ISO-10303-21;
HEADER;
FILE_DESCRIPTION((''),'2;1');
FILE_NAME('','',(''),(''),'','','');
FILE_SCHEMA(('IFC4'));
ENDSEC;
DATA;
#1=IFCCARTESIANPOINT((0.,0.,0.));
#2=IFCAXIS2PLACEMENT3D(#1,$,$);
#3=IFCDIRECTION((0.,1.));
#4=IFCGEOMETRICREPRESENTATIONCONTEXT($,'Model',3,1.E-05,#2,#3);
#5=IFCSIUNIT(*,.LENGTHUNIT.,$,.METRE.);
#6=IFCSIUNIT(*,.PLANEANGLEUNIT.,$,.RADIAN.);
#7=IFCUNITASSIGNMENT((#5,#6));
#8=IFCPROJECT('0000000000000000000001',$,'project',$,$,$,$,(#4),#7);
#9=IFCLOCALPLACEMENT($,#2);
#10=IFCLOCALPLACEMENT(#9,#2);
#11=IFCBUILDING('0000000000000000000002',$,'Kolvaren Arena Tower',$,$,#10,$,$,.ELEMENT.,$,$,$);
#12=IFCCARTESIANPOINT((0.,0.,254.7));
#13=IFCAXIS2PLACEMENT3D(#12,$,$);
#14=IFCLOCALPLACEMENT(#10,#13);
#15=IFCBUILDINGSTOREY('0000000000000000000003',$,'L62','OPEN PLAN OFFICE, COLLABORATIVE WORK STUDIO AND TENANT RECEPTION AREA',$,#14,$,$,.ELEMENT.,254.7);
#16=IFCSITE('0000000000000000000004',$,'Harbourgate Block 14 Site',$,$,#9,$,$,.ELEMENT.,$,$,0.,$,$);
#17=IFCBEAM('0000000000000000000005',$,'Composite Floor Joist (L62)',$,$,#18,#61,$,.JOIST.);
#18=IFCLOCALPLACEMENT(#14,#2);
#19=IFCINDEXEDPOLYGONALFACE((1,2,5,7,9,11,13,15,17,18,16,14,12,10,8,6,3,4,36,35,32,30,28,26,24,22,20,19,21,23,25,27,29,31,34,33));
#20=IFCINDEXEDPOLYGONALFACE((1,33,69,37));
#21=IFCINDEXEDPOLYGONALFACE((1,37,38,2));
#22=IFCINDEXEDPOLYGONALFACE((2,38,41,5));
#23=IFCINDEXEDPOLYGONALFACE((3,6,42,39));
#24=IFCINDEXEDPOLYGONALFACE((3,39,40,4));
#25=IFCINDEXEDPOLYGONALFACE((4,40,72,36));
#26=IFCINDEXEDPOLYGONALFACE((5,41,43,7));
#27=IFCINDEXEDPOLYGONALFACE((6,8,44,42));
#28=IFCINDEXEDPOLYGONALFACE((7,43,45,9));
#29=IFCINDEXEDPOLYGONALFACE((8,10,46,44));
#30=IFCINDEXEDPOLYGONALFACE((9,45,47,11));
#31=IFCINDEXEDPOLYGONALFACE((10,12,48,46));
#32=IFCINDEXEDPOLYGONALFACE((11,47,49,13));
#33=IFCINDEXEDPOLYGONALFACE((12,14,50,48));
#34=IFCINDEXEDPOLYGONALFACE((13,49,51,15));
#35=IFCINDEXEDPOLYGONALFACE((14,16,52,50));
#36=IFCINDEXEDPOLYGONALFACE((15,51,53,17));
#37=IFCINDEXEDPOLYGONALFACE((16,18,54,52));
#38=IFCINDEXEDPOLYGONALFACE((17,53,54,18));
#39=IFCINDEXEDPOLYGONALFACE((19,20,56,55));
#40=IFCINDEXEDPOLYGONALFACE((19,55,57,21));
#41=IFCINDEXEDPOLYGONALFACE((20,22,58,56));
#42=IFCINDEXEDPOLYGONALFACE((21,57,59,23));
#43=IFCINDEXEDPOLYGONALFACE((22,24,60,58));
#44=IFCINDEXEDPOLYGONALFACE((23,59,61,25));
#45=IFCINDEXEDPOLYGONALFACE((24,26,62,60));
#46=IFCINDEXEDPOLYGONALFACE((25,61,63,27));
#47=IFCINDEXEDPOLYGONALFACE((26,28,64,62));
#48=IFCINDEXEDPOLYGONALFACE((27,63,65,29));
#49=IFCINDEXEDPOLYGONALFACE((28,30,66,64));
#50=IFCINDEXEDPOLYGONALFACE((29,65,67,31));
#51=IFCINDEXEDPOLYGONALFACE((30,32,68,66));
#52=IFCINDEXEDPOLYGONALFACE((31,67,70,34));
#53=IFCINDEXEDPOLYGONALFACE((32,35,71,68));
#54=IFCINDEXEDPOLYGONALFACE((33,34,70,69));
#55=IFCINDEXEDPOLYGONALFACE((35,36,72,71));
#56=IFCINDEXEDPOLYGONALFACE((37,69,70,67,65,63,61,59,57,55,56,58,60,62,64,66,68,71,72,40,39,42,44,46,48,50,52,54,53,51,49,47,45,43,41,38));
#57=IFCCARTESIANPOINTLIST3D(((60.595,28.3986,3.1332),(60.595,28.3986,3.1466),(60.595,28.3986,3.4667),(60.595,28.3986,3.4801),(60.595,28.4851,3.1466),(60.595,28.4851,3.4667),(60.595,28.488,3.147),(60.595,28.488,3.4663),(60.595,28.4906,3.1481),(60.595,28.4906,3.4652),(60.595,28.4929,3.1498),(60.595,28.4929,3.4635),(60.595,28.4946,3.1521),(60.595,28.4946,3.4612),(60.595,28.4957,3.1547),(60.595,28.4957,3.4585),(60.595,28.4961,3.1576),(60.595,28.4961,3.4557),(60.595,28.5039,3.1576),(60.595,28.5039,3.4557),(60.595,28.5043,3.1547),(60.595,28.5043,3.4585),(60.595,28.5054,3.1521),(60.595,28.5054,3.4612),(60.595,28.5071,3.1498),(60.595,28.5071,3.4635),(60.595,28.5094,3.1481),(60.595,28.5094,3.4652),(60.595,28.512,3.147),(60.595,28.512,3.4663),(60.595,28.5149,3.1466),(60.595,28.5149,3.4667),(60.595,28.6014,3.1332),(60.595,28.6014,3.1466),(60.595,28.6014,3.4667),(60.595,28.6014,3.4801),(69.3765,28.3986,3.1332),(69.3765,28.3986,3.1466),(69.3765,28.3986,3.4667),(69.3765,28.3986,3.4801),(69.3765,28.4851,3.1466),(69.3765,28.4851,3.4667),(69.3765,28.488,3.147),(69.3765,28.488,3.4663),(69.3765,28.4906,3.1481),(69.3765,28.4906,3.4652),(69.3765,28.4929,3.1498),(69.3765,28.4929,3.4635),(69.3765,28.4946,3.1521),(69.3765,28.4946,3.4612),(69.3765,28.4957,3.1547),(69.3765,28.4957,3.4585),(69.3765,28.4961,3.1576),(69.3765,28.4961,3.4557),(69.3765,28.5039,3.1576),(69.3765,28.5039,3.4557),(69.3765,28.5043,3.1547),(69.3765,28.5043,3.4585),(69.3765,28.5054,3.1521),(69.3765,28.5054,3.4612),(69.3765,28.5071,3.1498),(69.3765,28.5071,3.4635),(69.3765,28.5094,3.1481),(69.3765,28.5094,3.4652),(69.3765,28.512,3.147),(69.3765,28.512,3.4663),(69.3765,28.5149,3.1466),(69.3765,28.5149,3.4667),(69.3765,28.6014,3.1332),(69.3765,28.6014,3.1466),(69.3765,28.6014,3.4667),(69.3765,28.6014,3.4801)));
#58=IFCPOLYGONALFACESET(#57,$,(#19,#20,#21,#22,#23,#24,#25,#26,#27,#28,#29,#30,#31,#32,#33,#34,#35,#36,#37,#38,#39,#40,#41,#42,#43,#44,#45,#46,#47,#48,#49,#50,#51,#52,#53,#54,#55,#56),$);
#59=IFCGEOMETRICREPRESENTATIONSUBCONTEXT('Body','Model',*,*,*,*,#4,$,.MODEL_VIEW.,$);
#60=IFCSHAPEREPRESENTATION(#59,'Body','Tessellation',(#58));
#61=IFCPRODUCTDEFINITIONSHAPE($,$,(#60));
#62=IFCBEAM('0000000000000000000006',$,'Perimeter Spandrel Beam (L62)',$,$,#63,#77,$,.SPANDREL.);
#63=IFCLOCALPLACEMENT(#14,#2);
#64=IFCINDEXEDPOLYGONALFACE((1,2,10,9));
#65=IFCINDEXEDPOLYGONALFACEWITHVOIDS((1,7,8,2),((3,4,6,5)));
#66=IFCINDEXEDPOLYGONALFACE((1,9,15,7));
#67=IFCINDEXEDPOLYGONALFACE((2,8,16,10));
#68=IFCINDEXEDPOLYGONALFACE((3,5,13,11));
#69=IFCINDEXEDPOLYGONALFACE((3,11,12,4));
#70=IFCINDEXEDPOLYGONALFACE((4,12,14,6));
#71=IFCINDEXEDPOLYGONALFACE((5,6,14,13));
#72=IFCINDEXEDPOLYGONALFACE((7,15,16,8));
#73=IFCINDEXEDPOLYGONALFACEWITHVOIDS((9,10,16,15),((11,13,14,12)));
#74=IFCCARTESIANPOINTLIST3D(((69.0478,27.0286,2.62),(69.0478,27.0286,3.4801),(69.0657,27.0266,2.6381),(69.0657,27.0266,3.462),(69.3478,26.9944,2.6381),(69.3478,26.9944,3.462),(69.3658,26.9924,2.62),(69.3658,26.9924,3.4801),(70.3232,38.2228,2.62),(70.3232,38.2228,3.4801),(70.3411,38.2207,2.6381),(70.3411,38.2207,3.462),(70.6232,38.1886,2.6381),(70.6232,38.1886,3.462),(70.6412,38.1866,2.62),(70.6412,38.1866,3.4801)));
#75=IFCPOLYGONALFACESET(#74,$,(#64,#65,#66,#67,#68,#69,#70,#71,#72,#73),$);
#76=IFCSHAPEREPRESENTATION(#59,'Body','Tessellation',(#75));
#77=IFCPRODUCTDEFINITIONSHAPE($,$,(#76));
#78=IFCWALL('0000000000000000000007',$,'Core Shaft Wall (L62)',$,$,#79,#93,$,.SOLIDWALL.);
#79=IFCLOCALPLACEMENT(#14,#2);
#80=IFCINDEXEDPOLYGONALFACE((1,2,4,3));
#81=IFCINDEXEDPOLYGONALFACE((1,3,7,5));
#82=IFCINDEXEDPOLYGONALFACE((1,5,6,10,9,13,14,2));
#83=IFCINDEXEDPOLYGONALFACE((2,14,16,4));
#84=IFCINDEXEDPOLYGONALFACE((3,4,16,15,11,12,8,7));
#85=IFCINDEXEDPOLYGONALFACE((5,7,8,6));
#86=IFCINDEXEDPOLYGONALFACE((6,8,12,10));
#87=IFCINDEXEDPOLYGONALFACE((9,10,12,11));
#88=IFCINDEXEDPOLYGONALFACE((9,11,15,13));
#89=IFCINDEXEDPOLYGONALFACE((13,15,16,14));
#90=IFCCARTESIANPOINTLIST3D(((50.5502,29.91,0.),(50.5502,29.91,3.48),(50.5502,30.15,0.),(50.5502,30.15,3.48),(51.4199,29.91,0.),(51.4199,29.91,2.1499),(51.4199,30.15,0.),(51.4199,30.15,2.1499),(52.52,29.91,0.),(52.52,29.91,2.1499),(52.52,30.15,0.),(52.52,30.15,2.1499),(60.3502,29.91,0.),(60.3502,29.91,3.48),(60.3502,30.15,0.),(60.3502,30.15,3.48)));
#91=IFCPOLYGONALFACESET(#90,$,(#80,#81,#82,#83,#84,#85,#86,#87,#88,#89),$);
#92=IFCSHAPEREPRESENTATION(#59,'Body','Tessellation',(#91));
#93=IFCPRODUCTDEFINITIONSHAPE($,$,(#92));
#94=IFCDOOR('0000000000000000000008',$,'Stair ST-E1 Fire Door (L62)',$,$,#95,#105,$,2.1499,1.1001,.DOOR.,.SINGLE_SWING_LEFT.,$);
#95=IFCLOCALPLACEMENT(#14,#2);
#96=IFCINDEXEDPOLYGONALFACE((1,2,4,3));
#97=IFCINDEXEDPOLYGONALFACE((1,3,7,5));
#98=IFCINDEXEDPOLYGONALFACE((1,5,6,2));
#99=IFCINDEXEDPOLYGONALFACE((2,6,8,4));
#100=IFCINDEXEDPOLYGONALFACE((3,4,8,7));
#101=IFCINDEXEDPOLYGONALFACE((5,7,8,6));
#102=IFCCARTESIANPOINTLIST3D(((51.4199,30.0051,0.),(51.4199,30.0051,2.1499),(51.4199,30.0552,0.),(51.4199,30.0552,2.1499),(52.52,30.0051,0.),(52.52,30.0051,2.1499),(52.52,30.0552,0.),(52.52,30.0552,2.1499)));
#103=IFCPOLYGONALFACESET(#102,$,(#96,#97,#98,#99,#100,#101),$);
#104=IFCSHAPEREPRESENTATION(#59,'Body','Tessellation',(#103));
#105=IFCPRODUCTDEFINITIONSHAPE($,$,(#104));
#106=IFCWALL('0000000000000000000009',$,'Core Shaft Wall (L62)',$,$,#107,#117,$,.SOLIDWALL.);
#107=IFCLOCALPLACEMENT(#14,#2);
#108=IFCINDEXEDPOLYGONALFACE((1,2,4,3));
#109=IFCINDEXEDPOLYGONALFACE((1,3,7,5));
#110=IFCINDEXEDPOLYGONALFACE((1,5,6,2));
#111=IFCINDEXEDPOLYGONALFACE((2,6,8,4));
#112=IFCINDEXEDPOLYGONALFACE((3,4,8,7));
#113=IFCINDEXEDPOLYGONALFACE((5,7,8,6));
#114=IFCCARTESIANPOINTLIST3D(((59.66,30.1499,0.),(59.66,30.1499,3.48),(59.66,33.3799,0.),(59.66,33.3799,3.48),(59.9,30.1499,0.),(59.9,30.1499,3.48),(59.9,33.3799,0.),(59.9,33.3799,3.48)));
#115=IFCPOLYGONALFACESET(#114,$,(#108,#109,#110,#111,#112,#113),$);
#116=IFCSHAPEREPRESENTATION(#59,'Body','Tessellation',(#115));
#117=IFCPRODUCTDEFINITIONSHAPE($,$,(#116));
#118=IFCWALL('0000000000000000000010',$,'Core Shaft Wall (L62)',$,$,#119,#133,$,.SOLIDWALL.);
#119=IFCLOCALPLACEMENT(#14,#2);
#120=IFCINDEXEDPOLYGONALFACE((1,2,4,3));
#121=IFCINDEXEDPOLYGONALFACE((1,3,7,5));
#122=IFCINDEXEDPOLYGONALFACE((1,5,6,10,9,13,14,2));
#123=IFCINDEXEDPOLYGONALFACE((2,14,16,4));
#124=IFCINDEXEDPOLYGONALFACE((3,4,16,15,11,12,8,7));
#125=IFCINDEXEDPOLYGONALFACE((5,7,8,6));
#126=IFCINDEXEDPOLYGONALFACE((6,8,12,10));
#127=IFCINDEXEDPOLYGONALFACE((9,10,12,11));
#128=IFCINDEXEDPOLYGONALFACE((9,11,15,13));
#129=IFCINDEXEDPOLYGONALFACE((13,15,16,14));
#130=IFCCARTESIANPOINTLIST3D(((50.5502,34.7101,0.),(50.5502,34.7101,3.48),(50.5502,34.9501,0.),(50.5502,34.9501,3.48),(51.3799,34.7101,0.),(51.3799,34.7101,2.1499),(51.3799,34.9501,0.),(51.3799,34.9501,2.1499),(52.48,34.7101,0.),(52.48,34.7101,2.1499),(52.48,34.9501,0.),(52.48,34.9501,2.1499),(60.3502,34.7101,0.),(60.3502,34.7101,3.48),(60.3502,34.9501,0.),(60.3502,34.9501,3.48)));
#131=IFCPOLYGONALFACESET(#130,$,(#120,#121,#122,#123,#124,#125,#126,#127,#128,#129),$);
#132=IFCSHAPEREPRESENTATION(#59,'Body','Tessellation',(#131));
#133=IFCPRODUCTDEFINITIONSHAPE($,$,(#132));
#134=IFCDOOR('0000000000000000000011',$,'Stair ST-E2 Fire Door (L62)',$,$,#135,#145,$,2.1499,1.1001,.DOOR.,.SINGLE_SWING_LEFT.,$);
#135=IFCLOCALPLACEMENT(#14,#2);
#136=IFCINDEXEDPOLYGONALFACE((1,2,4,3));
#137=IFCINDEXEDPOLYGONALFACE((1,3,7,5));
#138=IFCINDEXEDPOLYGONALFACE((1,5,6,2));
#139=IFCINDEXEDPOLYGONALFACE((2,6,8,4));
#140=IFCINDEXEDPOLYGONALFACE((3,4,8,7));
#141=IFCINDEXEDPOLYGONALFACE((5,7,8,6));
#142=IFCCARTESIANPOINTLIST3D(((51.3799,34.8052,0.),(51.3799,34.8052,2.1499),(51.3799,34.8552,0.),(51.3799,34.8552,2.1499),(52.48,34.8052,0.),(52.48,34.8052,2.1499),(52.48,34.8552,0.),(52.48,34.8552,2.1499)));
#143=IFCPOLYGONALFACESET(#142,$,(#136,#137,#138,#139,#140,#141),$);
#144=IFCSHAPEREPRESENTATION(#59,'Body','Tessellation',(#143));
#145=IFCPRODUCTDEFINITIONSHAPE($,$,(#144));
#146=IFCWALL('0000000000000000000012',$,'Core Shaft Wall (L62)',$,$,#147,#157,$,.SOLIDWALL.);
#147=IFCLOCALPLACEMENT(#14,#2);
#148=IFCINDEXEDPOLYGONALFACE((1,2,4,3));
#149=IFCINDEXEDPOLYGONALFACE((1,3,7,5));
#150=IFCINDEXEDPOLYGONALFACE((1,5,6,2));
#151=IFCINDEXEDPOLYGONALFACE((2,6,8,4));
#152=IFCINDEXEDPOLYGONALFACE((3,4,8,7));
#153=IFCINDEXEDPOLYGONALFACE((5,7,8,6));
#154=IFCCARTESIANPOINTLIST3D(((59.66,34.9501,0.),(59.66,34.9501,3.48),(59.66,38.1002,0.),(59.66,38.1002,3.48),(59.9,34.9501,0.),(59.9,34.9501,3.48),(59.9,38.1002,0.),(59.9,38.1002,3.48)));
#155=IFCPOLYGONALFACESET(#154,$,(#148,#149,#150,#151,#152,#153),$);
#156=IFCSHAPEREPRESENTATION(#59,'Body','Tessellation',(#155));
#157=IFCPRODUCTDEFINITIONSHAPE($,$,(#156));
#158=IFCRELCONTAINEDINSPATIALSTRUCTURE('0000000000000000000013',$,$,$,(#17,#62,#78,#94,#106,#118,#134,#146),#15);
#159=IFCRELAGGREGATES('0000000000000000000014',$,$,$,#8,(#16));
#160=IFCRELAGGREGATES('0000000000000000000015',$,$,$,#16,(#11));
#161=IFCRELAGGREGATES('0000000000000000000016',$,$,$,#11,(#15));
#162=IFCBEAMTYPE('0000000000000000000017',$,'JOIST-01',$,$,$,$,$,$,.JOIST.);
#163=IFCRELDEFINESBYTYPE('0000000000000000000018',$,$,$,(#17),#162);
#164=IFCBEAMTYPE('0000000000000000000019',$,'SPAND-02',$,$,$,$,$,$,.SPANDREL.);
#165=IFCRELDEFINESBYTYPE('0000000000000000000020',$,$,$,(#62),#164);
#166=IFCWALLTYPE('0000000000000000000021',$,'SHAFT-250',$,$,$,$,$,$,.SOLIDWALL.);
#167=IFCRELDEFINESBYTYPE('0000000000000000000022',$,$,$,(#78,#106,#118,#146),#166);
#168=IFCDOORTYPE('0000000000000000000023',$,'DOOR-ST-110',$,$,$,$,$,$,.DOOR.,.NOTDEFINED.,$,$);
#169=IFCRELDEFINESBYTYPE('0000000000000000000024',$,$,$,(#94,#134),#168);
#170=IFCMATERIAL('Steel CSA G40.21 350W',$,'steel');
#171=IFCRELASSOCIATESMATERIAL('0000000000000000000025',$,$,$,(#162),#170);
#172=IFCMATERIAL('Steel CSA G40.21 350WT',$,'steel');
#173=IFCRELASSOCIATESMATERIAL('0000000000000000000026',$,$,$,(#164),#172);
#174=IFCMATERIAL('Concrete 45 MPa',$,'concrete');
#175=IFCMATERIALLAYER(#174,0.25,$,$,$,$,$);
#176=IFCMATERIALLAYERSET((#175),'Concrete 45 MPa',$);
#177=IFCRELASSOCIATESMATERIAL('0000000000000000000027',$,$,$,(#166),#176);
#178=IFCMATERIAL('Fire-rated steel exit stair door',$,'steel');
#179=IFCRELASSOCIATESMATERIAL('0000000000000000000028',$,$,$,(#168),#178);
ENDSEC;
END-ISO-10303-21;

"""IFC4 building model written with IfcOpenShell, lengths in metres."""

from ifc_helpers import new_model, si_unit, direction, frame, frame_2d, origin, origin_2d, place, context, subcontext, project, spatial, rectangle, hollow_rectangle, i_section, extrude, material, layer, layer_set, material_profile, profile_set, type_object, element, fill, save


model = new_model("IFC4")

# Units and contexts
model_context = context("Model", 3, precision=1e-05, world=origin(), true_north=direction((0.0, 1.0)))
body_context = subcontext(model_context, "Body", "Model", "MODEL_VIEW")
ifc_project = project(units=[si_unit("LENGTHUNIT", "METRE"), si_unit("PLANEANGLEUNIT", "RADIAN")], contexts=[model_context])

# Site, building, storey
site_placement = place(None, origin())
site = spatial("IfcSite", under=ifc_project, at=site_placement, Name="Harbourgate Block 14 Site", CompositionType="ELEMENT", RefElevation=0.0)
building_placement = place(site_placement, origin())
building = spatial("IfcBuilding", under=site, at=building_placement, Name="Kolvaren Arena Tower", CompositionType="ELEMENT")
storey_placement = place(building_placement, frame((0.0, 0.0, 254.7)))
storey = spatial("IfcBuildingStorey", under=building, at=storey_placement, Name="L62", Description="OPEN PLAN OFFICE, COLLABORATIVE WORK STUDIO AND TENANT RECEPTION AREA", CompositionType="ELEMENT", Elevation=254.7)

# Beams
ifc_material_1 = material(Name="Steel CSA G40.21 350W", Category="steel")
ifc_material_profile_1 = material_profile(ifc_material_1, i_section(OverallWidth=0.2029, OverallDepth=0.3469, WebThickness=0.0078, FlangeThickness=0.0134, FilletRadius=0.011, at=origin_2d()), Name="W360x64")
ifc_profile_set_1 = profile_set([ifc_material_profile_1], Name="Steel CSA G40.21 350W")
beam_type_1 = type_object("IfcBeamType", Name="JOIST-01", PredefinedType="JOIST", material=ifc_profile_set_1)
beam_1_placement = place(storey_placement, frame((60.595, 28.5, 3.3066), z_axis=(1.0, 0.0, 0.0), x_axis=(0.0, 1.0, 0.0)))
element("IfcBeam", 1, at=beam_1_placement, inside=storey, type_object=beam_type_1, Name="Composite Floor Joist (L62)", PredefinedType="JOIST", context=body_context, shape_type="SweptSolid", body=[
    extrude(i_section(OverallWidth=0.2029, OverallDepth=0.3469, WebThickness=0.0078, FlangeThickness=0.0134, FilletRadius=0.011, at=origin_2d()), origin(), (0.0, 0.0, 1.0), 8.7815),
])
ifc_material_2 = material(Name="Steel CSA G40.21 350WT", Category="steel")
ifc_material_profile_2 = material_profile(ifc_material_2, hollow_rectangle(XDim=0.3201, YDim=0.8601, WallThickness=0.0181, at=origin_2d()), Name="HSS 860x320x18")
ifc_profile_set_2 = profile_set([ifc_material_profile_2], Name="Steel CSA G40.21 350WT")
beam_type_2 = type_object("IfcBeamType", Name="SPAND-02", PredefinedType="SPANDREL", material=ifc_profile_set_2)
beam_2_placement = place(storey_placement, frame((69.2068, 27.0105, 3.05), z_axis=(0.113202, 0.993572, 0.0), x_axis=(-0.993572, 0.113202, 0.0)))
element("IfcBeam", 2, at=beam_2_placement, inside=storey, type_object=beam_type_2, Name="Perimeter Spandrel Beam (L62)", PredefinedType="SPANDREL", context=body_context, shape_type="SweptSolid", body=[
    extrude(hollow_rectangle(XDim=0.3201, YDim=0.8601, WallThickness=0.0181, at=origin_2d()), origin(), (0.0, 0.0, 1.0), 11.2666),
])

# Wall, opening, door
ifc_material_3 = material(Name="Concrete 45 MPa", Category="concrete")
ifc_layer = layer(ifc_material_3, 0.25)
ifc_layer_set = layer_set([ifc_layer], Name="Concrete 45 MPa")
wall_type = type_object("IfcWallType", Name="SHAFT-250", PredefinedType="SOLIDWALL", material=ifc_layer_set)
wall_1_placement = place(storey_placement, frame((60.3501, 30.03, 0.0), z_axis=(0.0, 0.0, 1.0), x_axis=(-1.0, 0.0, 0.0)))
wall_1 = element("IfcWall", 3, at=wall_1_placement, inside=storey, type_object=wall_type, Name="Core Shaft Wall (L62)", PredefinedType="SOLIDWALL", context=body_context, shape_type="SweptSolid", body=[
    extrude(rectangle(XDim=9.8, YDim=0.24, at=frame_2d((4.8999, 0.0))), origin(), (0.0, 0.0, 1.0), 3.48),
])
opening_1_placement = place(wall_1_placement, frame((7.8301, 0.0, 0.0)))
opening_1 = element("IfcOpeningElement", 4, at=opening_1_placement, cuts=wall_1, PredefinedType="OPENING", context=body_context, shape_type="SweptSolid", body=[
    extrude(rectangle(XDim=1.1001, YDim=2.1499, at=frame_2d((0.55, 1.075))), frame((0.0, 0.1299, 0.0), z_axis=(0.0, -1.0, 0.0), x_axis=(1.0, 0.0, 0.0)), (0.0, 0.0, 1.0), 0.26),
])
ifc_material_4 = material(Name="Fire-rated steel exit stair door", Category="steel")
door_type_1 = type_object("IfcDoorType", Name="DOOR-ST-110", OperationType="NOTDEFINED", PredefinedType="DOOR", material=ifc_material_4)
door_1_placement = place(opening_1_placement, origin())
door_1 = element("IfcDoor", 5, at=door_1_placement, inside=storey, type_object=door_type_1, Name="Stair ST-E1 Fire Door (L62)", OperationType="SINGLE_SWING_LEFT", OverallHeight=2.1499, OverallWidth=1.1001, PredefinedType="DOOR", context=body_context, shape_type="SweptSolid", body=[
    extrude(rectangle(XDim=1.1001, YDim=2.1499, at=frame_2d((0.55, 1.075))), frame((0.0, 0.0249, 0.0), z_axis=(0.0, -1.0, 0.0), x_axis=(1.0, 0.0, 0.0)), (0.0, 0.0, 1.0), 0.05),
])
fill(opening_1, door_1)

# Wall
wall_2_placement = place(storey_placement, frame((59.78, 30.1499, 0.0), z_axis=(0.0, 0.0, 1.0), x_axis=(0.0, 1.0, 0.0)))
element("IfcWall", 6, at=wall_2_placement, inside=storey, type_object=wall_type, Name="Core Shaft Wall (L62)", PredefinedType="SOLIDWALL", context=body_context, shape_type="SweptSolid", body=[
    extrude(rectangle(XDim=3.23, YDim=0.24, at=frame_2d((1.615, 0.0))), origin(), (0.0, 0.0, 1.0), 3.48),
])

# Wall, opening, door
wall_3_placement = place(storey_placement, frame((60.3501, 34.8301, 0.0), z_axis=(0.0, 0.0, 1.0), x_axis=(-1.0, 0.0, 0.0)))
wall_3 = element("IfcWall", 7, at=wall_3_placement, inside=storey, type_object=wall_type, Name="Core Shaft Wall (L62)", PredefinedType="SOLIDWALL", context=body_context, shape_type="SweptSolid", body=[
    extrude(rectangle(XDim=9.8, YDim=0.24, at=frame_2d((4.8999, 0.0))), origin(), (0.0, 0.0, 1.0), 3.48),
])
opening_2_placement = place(wall_3_placement, frame((7.8701, 0.0, 0.0)))
opening_2 = element("IfcOpeningElement", 8, at=opening_2_placement, cuts=wall_3, PredefinedType="OPENING", context=body_context, shape_type="SweptSolid", body=[
    extrude(rectangle(XDim=1.1001, YDim=2.1499, at=frame_2d((0.55, 1.075))), frame((0.0, 0.1299, 0.0), z_axis=(0.0, -1.0, 0.0), x_axis=(1.0, 0.0, 0.0)), (0.0, 0.0, 1.0), 0.26),
])
door_2_placement = place(opening_2_placement, origin())
door_2 = element("IfcDoor", 9, at=door_2_placement, inside=storey, type_object=door_type_1, Name="Stair ST-E2 Fire Door (L62)", OperationType="SINGLE_SWING_LEFT", OverallHeight=2.1499, OverallWidth=1.1001, PredefinedType="DOOR", context=body_context, shape_type="SweptSolid", body=[
    extrude(rectangle(XDim=1.1001, YDim=2.1499, at=frame_2d((0.55, 1.075))), frame((0.0, 0.0249, 0.0), z_axis=(0.0, -1.0, 0.0), x_axis=(1.0, 0.0, 0.0)), (0.0, 0.0, 1.0), 0.05),
])
fill(opening_2, door_2)

# Wall
wall_4_placement = place(storey_placement, frame((59.78, 34.95, 0.0), z_axis=(0.0, 0.0, 1.0), x_axis=(0.0, 1.0, 0.0)))
element("IfcWall", 10, at=wall_4_placement, inside=storey, type_object=wall_type, Name="Core Shaft Wall (L62)", PredefinedType="SOLIDWALL", context=body_context, shape_type="SweptSolid", body=[
    extrude(rectangle(XDim=3.1501, YDim=0.24, at=frame_2d((1.5752, 0.0))), origin(), (0.0, 0.0, 1.0), 3.48),
])

save(model, "model.ifc")
